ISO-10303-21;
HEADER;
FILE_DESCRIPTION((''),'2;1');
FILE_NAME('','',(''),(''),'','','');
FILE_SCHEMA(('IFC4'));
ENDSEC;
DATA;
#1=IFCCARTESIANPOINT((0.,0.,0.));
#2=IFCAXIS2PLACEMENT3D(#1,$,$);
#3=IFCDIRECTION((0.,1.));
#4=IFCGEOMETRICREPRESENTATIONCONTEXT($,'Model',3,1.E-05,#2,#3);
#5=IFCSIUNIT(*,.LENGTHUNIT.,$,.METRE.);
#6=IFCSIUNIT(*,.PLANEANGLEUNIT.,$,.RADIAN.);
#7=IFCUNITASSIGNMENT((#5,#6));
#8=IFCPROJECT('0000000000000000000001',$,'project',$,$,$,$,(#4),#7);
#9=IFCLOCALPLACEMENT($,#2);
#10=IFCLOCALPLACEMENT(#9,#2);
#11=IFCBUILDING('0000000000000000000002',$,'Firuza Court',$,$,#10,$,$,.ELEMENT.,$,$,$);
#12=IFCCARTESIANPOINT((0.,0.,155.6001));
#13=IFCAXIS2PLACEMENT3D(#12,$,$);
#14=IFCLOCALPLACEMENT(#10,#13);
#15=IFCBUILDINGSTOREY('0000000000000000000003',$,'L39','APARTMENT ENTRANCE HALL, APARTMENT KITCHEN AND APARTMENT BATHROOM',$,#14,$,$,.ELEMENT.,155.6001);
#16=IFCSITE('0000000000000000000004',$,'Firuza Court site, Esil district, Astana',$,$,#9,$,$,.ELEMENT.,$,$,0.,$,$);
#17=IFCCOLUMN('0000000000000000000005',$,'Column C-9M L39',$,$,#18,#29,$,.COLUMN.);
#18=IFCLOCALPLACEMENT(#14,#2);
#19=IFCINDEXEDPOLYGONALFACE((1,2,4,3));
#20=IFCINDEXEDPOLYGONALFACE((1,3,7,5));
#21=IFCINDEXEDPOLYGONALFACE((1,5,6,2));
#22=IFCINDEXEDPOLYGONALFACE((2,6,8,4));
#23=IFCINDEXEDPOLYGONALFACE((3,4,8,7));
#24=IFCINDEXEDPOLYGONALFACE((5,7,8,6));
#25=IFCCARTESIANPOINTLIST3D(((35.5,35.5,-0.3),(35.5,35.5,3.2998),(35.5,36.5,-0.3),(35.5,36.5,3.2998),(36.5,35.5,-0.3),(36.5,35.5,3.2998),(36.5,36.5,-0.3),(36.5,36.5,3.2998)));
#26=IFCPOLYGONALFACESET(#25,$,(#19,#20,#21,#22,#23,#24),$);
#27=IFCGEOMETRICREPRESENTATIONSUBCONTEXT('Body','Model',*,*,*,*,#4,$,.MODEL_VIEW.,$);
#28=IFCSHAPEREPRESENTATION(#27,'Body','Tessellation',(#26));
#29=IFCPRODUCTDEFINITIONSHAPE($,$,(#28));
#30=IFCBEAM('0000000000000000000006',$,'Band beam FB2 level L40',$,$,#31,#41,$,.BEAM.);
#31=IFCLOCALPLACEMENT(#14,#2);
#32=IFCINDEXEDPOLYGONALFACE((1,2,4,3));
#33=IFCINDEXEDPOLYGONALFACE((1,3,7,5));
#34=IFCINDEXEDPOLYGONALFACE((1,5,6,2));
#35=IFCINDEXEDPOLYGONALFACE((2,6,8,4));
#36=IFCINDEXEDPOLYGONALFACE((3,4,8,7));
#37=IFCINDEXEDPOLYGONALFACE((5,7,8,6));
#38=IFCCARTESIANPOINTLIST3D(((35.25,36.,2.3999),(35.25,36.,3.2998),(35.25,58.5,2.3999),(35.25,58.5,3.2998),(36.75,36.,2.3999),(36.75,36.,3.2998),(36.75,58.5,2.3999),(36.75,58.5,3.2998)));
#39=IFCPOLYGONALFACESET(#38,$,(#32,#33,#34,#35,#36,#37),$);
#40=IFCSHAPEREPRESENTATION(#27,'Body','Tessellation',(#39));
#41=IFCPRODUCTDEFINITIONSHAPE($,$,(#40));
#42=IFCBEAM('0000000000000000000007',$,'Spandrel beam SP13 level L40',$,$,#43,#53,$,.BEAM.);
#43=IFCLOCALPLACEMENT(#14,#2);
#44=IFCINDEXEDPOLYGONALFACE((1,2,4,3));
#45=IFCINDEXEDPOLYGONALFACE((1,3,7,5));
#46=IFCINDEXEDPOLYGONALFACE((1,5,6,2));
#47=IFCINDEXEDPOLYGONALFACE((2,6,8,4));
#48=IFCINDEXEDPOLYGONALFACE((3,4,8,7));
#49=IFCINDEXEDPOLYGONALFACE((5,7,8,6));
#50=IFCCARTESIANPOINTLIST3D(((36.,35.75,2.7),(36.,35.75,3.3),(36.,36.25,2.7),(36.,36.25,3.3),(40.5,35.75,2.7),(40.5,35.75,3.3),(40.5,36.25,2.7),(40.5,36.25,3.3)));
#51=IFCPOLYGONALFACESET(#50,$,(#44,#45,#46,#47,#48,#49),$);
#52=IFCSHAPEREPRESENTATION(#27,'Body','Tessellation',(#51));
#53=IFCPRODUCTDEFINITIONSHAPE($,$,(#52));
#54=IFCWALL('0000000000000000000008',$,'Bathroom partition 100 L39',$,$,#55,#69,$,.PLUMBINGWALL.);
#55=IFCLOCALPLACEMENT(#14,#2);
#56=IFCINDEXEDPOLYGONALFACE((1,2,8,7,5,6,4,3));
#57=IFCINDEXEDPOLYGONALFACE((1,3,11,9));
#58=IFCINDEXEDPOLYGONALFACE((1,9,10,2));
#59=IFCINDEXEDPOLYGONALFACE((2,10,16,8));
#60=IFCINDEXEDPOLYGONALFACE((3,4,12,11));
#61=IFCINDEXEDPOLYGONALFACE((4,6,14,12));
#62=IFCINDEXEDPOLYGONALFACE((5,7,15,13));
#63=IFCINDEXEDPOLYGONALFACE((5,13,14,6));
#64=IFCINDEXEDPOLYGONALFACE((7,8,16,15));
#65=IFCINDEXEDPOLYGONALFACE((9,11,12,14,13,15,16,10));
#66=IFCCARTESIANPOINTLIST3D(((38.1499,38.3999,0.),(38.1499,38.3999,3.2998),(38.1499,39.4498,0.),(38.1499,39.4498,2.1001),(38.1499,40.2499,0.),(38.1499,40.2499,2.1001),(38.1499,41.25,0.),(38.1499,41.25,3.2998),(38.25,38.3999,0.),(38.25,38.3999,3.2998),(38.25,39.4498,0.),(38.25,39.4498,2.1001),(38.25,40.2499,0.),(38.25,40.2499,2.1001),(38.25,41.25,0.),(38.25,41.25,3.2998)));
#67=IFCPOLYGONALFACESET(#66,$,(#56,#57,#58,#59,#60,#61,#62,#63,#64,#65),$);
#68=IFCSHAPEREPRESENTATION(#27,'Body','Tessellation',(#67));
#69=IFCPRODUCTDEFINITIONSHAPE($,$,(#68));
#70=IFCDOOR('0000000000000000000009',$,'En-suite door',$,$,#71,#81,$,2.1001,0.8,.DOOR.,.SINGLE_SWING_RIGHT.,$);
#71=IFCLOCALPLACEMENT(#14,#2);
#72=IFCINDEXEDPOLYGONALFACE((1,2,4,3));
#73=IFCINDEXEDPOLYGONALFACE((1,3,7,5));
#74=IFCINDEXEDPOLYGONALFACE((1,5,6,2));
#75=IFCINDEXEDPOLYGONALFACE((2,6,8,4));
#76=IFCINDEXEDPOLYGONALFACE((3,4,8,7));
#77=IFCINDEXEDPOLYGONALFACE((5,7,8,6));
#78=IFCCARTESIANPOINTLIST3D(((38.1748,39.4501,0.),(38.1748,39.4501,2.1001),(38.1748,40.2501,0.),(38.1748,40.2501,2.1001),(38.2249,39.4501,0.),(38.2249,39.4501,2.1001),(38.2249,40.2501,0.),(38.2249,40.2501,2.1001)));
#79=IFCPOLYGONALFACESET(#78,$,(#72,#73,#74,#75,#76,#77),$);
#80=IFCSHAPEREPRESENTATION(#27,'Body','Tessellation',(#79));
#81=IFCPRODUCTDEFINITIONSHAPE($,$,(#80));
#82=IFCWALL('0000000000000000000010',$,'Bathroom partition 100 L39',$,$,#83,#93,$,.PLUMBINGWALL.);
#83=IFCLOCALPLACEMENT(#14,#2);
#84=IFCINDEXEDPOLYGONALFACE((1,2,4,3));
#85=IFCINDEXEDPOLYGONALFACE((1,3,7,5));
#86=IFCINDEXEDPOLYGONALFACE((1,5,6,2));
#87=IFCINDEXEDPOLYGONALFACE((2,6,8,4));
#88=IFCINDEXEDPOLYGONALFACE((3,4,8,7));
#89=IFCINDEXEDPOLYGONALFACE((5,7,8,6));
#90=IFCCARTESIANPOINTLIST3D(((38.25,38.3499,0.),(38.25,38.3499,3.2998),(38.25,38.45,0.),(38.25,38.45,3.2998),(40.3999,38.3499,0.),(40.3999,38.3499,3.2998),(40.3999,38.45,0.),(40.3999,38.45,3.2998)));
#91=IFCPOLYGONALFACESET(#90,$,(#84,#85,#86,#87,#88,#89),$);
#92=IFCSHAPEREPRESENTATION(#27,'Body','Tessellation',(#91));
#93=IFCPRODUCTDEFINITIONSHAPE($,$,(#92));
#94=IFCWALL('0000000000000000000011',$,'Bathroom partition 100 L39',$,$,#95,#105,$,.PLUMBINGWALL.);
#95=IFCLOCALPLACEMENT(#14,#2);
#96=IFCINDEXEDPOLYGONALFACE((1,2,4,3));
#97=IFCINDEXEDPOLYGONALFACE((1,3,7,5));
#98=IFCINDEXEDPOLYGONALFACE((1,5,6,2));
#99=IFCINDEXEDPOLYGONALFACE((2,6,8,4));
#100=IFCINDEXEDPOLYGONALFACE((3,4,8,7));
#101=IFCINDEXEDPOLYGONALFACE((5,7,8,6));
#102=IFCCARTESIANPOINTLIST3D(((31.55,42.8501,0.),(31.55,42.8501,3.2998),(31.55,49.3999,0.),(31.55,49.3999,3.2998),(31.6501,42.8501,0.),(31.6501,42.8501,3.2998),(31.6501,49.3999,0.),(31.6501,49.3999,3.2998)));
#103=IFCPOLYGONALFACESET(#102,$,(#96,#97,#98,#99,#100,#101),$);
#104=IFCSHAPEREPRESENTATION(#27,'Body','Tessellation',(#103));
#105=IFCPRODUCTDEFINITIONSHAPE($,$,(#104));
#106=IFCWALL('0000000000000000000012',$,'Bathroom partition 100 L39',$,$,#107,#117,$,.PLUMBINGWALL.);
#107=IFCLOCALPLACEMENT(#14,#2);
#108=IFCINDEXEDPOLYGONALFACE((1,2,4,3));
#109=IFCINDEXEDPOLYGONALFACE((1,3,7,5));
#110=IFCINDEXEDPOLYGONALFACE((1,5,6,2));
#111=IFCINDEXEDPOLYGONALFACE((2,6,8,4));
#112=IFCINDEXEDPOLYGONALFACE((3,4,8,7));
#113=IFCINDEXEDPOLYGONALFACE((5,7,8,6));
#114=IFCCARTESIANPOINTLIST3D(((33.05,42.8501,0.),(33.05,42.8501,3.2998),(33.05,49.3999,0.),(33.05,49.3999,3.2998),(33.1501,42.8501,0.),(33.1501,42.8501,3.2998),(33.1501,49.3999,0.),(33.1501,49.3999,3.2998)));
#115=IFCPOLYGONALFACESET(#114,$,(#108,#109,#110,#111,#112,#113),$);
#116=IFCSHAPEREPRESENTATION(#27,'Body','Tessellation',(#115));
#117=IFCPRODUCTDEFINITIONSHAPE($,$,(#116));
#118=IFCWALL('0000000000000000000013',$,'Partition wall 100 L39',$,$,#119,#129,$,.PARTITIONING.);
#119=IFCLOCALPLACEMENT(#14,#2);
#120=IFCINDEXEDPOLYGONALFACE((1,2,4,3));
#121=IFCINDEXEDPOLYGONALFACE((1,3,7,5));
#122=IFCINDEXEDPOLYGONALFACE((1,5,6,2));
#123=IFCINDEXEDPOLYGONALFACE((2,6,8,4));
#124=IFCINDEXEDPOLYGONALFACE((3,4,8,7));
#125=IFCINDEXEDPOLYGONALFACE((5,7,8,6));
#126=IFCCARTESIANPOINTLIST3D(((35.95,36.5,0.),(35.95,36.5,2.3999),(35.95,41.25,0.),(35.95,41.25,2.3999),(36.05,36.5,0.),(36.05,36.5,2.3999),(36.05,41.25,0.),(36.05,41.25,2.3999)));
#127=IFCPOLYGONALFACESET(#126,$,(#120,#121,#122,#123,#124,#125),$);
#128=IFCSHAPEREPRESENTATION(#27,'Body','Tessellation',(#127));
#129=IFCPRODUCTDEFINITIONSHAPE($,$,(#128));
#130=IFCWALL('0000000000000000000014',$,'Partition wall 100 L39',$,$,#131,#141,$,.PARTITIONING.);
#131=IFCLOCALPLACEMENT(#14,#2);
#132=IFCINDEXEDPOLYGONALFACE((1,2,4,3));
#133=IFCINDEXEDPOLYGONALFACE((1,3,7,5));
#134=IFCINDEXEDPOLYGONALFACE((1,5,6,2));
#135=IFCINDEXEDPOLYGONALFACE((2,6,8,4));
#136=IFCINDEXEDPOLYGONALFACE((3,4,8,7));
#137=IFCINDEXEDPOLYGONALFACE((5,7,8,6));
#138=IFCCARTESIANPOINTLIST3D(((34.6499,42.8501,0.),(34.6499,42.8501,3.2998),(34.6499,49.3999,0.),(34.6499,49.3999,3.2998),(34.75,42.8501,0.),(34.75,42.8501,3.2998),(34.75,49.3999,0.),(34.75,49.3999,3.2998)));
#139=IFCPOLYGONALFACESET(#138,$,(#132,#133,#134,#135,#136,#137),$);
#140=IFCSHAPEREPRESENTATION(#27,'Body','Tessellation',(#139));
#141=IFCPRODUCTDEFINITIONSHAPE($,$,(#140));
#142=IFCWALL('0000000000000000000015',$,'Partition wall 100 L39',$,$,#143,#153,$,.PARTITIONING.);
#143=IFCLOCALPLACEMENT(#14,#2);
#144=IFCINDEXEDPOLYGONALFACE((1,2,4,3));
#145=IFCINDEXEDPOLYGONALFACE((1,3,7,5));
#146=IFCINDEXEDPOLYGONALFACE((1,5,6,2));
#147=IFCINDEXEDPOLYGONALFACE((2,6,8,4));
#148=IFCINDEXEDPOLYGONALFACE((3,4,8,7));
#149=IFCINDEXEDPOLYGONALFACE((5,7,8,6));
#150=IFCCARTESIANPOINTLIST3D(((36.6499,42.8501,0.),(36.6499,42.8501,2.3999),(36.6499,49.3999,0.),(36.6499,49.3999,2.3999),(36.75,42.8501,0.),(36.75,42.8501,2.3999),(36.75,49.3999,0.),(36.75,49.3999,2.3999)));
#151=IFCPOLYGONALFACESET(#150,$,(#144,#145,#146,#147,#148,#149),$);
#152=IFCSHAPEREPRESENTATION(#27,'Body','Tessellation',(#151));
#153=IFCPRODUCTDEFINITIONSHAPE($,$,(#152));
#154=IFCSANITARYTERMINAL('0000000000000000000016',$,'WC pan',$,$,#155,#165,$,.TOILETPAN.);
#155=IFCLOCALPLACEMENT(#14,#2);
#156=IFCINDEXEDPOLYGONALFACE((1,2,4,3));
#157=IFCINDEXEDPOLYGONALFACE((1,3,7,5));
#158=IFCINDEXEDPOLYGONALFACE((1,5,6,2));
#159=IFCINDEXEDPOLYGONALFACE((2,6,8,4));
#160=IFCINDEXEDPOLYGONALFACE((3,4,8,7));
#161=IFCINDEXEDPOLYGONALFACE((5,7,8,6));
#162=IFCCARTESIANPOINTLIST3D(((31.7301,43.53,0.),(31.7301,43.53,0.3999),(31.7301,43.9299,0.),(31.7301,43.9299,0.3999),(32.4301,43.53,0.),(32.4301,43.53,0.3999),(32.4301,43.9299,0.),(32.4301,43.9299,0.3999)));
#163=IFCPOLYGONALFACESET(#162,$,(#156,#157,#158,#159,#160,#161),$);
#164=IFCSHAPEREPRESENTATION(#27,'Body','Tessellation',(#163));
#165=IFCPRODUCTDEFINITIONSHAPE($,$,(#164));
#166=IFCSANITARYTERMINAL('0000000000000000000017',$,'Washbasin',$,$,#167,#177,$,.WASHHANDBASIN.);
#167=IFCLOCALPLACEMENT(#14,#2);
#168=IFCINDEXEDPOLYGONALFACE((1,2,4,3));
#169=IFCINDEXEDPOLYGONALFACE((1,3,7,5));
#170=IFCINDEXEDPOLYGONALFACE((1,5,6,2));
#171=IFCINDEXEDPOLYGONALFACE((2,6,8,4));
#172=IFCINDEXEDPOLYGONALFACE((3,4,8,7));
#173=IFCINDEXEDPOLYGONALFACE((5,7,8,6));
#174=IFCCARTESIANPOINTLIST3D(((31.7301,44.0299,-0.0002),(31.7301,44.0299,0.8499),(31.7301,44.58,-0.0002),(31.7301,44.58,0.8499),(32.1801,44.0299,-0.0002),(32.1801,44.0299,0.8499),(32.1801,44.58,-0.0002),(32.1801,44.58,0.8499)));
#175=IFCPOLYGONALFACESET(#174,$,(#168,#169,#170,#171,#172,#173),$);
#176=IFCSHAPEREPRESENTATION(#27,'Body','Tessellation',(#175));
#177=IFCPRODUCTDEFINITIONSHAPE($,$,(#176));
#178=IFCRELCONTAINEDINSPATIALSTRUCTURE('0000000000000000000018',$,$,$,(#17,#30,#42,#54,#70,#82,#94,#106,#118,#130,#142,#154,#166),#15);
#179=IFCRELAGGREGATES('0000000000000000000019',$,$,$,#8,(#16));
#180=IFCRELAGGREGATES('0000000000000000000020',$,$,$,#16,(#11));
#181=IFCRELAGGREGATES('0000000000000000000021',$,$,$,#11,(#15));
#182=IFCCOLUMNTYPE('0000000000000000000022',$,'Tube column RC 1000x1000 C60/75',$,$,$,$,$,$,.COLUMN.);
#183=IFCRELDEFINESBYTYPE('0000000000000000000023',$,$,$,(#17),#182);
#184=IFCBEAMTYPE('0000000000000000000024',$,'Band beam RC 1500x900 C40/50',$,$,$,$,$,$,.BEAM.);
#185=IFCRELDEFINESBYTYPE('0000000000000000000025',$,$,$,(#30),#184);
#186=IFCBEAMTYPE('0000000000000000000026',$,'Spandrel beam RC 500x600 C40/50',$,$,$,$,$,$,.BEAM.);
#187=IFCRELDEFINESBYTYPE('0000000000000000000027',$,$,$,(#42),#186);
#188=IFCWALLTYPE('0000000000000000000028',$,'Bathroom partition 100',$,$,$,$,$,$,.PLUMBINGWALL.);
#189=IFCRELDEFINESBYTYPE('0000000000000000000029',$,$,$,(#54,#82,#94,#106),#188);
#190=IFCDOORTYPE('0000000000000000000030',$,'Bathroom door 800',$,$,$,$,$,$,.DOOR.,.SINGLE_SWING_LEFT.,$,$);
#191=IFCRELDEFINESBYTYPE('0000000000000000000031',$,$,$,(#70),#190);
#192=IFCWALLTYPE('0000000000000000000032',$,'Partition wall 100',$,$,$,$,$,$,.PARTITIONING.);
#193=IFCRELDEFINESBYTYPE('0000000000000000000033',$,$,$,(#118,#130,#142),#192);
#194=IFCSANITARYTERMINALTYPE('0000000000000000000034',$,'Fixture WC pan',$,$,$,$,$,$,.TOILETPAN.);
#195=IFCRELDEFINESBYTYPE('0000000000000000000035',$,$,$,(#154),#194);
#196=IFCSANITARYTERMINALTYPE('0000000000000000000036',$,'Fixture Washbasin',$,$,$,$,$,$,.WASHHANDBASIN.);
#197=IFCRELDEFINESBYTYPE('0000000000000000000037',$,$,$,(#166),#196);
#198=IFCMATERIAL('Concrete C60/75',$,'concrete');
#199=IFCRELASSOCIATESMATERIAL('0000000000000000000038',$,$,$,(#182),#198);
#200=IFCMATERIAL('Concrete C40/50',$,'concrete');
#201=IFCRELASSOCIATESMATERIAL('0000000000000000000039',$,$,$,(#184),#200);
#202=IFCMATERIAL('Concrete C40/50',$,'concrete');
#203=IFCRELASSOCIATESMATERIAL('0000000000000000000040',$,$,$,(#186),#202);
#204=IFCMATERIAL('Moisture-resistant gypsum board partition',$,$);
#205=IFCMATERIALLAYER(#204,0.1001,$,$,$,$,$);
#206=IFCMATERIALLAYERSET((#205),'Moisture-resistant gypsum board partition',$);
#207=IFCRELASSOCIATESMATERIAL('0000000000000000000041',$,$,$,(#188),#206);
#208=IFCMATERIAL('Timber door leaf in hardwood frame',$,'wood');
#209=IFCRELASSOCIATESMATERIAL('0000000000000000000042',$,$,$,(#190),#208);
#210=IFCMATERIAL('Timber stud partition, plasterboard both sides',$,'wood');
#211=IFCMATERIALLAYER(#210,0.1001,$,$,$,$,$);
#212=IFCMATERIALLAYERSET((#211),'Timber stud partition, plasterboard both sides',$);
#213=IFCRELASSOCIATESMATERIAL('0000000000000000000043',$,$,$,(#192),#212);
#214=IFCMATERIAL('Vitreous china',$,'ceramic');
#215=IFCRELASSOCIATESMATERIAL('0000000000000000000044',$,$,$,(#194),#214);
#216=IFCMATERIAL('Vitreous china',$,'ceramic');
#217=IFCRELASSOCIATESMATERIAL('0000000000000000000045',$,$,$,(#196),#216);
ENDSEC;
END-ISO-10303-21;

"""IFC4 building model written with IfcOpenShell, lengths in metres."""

from ifc_helpers import new_model, si_unit, direction, frame, frame_2d, origin, origin_2d, place, context, subcontext, project, spatial, rectangle, extrude, material, layer, layer_set, material_profile, profile_set, type_object, element, fill, save


model = new_model("IFC4")

# Units and contexts
model_context = context("Model", 3, precision=1e-05, world=origin(), true_north=direction((0.0, 1.0)))
body_context = subcontext(model_context, "Body", "Model", "MODEL_VIEW")
ifc_project = project(units=[si_unit("LENGTHUNIT", "METRE"), si_unit("PLANEANGLEUNIT", "RADIAN")], contexts=[model_context])

# Site, building, storey
site_placement = place(None, origin())
site = spatial("IfcSite", under=ifc_project, at=site_placement, Name="Firuza Court site, Esil district, Astana", CompositionType="ELEMENT", RefElevation=0.0)
building_placement = place(site_placement, origin())
building = spatial("IfcBuilding", under=site, at=building_placement, Name="Firuza Court", CompositionType="ELEMENT")
storey_placement = place(building_placement, frame((0.0, 0.0, 155.6001)))
storey = spatial("IfcBuildingStorey", under=building, at=storey_placement, Name="L39", Description="APARTMENT ENTRANCE HALL, APARTMENT KITCHEN AND APARTMENT BATHROOM", CompositionType="ELEMENT", Elevation=155.6001)

# Column
ifc_material_1 = material(Name="Concrete C60/75", Category="concrete")
ifc_material_profile_1 = material_profile(ifc_material_1, rectangle(XDim=1.0, YDim=1.0, at=origin_2d()), Name="RC 1000x1000")
ifc_profile_set_1 = profile_set([ifc_material_profile_1], Name="Concrete C60/75")
column_type = type_object("IfcColumnType", Name="Tube column RC 1000x1000 C60/75", PredefinedType="COLUMN", material=ifc_profile_set_1)
column_placement = place(storey_placement, frame((36.0, 36.0, -0.3), z_axis=(0.0, 0.0, 1.0), x_axis=(1.0, 0.0, 0.0)))
element("IfcColumn", 1, at=column_placement, inside=storey, type_object=column_type, Name="Column C-9M L39", PredefinedType="COLUMN", context=body_context, shape_type="SweptSolid", body=[
    extrude(rectangle(XDim=1.0, YDim=1.0, at=origin_2d()), origin(), (0.0, 0.0, 1.0), 3.5999),
])

# Beams
ifc_material_2 = material(Name="Concrete C40/50", Category="concrete")
ifc_material_profile_2 = material_profile(ifc_material_2, rectangle(XDim=1.5, YDim=0.8999, at=origin_2d()), Name="RC 1500x900")
ifc_profile_set_2 = profile_set([ifc_material_profile_2], Name="Concrete C40/50")
beam_type_1 = type_object("IfcBeamType", Name="Band beam RC 1500x900 C40/50", PredefinedType="BEAM", material=ifc_profile_set_2)
beam_1_placement = place(storey_placement, frame((36.0, 36.0, 2.8499), z_axis=(0.0, 1.0, 0.0), x_axis=(-1.0, 0.0, 0.0)))
element("IfcBeam", 2, at=beam_1_placement, inside=storey, type_object=beam_type_1, Name="Band beam FB2 level L40", PredefinedType="BEAM", context=body_context, shape_type="SweptSolid", body=[
    extrude(rectangle(XDim=1.5, YDim=0.8999, at=origin_2d()), origin(), (0.0, 0.0, 1.0), 22.5),
])
ifc_material_3 = material(Name="Concrete C40/50", Category="concrete")
ifc_material_profile_3 = material_profile(ifc_material_3, rectangle(XDim=0.5, YDim=0.6001, at=origin_2d()), Name="RC 500x600")
ifc_profile_set_3 = profile_set([ifc_material_profile_3], Name="Concrete C40/50")
beam_type_2 = type_object("IfcBeamType", Name="Spandrel beam RC 500x600 C40/50", PredefinedType="BEAM", material=ifc_profile_set_3)
beam_2_placement = place(storey_placement, frame((36.0, 36.0, 3.0), z_axis=(1.0, 0.0, 0.0), x_axis=(0.0, 1.0, 0.0)))
element("IfcBeam", 3, at=beam_2_placement, inside=storey, type_object=beam_type_2, Name="Spandrel beam SP13 level L40", PredefinedType="BEAM", context=body_context, shape_type="SweptSolid", body=[
    extrude(rectangle(XDim=0.5, YDim=0.6001, at=origin_2d()), origin(), (0.0, 0.0, 1.0), 4.5),
])

# Wall, opening, door
ifc_material_4 = material(Name="Moisture-resistant gypsum board partition")
ifc_layer_1 = layer(ifc_material_4, 0.1001)
ifc_layer_set_1 = layer_set([ifc_layer_1], Name="Moisture-resistant gypsum board partition")
wall_type_1 = type_object("IfcWallType", Name="Bathroom partition 100", PredefinedType="PLUMBINGWALL", material=ifc_layer_set_1)
wall_1_placement = place(storey_placement, frame((38.2, 38.3999, 0.0), z_axis=(0.0, 0.0, 1.0), x_axis=(0.0, 1.0, 0.0)))
wall_1 = element("IfcWall", 4, at=wall_1_placement, inside=storey, type_object=wall_type_1, Name="Bathroom partition 100 L39", PredefinedType="PLUMBINGWALL", context=body_context, shape_type="SweptSolid", body=[
    extrude(rectangle(XDim=2.8501, YDim=0.1001, at=frame_2d((1.425, 0.0))), origin(), (0.0, 0.0, 1.0), 3.2998),
])
opening_placement = place(wall_1_placement, frame((1.05, 0.0, 0.0)))
opening = element("IfcOpeningElement", 5, at=opening_placement, cuts=wall_1, PredefinedType="OPENING", context=body_context, shape_type="SweptSolid", body=[
    extrude(rectangle(XDim=0.8, YDim=2.1001, at=frame_2d((0.3999, 1.05))), frame((0.0, 0.062, 0.0), z_axis=(0.0, -1.0, 0.0), x_axis=(1.0, 0.0, 0.0)), (0.0, 0.0, 1.0), 0.124),
])
ifc_material_5 = material(Name="Timber door leaf in hardwood frame", Category="wood")
door_type = type_object("IfcDoorType", Name="Bathroom door 800", OperationType="SINGLE_SWING_LEFT", PredefinedType="DOOR", material=ifc_material_5)
door_placement = place(opening_placement, frame((0.8, 0.0, 0.0), z_axis=(0.0, 0.0, 1.0), x_axis=(-1.0, 0.0, 0.0)))
door = element("IfcDoor", 6, at=door_placement, inside=storey, type_object=door_type, Name="En-suite door", OperationType="SINGLE_SWING_RIGHT", OverallHeight=2.1001, OverallWidth=0.8, PredefinedType="DOOR", context=body_context, shape_type="SweptSolid", body=[
    extrude(rectangle(XDim=0.8, YDim=2.1001, at=frame_2d((0.3999, 1.05))), frame((0.0, 0.0249, 0.0), z_axis=(0.0, -1.0, 0.0), x_axis=(1.0, 0.0, 0.0)), (0.0, 0.0, 1.0), 0.05),
])
fill(opening, door)

# Walls
wall_2_placement = place(storey_placement, frame((38.25, 38.3999, 0.0), z_axis=(0.0, 0.0, 1.0), x_axis=(1.0, 0.0, 0.0)))
element("IfcWall", 7, at=wall_2_placement, inside=storey, type_object=wall_type_1, Name="Bathroom partition 100 L39", PredefinedType="PLUMBINGWALL", context=body_context, shape_type="SweptSolid", body=[
    extrude(rectangle(XDim=2.1499, YDim=0.1001, at=frame_2d((1.075, 0.0))), origin(), (0.0, 0.0, 1.0), 3.2998),
])
for number, where, z_axis, x_axis, name in (
    (8, (31.6001, 42.8501, 0.0), (0.0, 0.0, 1.0), (0.0, 1.0, 0.0), "Bathroom partition 100 L39"),
    (9, (33.1001, 42.8501, 0.0), (0.0, 0.0, 1.0), (0.0, 1.0, 0.0), "Bathroom partition 100 L39"),
):
    element("IfcWall", number, at=place(storey_placement, frame(where, z_axis=z_axis, x_axis=x_axis)), inside=storey, type_object=wall_type_1, Name=name, PredefinedType="PLUMBINGWALL", context=body_context, shape_type="SweptSolid", body=[
        extrude(rectangle(XDim=6.5498, YDim=0.1001, at=frame_2d((3.2749, 0.0))), origin(), (0.0, 0.0, 1.0), 3.2998),
    ])
ifc_material_6 = material(Name="Timber stud partition, plasterboard both sides", Category="wood")
ifc_layer_2 = layer(ifc_material_6, 0.1001)
ifc_layer_set_2 = layer_set([ifc_layer_2], Name="Timber stud partition, plasterboard both sides")
wall_type_2 = type_object("IfcWallType", Name="Partition wall 100", PredefinedType="PARTITIONING", material=ifc_layer_set_2)
wall_3_placement = place(storey_placement, frame((36.0, 36.5, 0.0), z_axis=(0.0, 0.0, 1.0), x_axis=(0.0, 1.0, 0.0)))
element("IfcWall", 10, at=wall_3_placement, inside=storey, type_object=wall_type_2, Name="Partition wall 100 L39", PredefinedType="PARTITIONING", context=body_context, shape_type="SweptSolid", body=[
    extrude(rectangle(XDim=4.75, YDim=0.1001, at=frame_2d((2.375, 0.0))), origin(), (0.0, 0.0, 1.0), 2.3999),
])
wall_4_placement = place(storey_placement, frame((34.7, 42.8501, 0.0), z_axis=(0.0, 0.0, 1.0), x_axis=(0.0, 1.0, 0.0)))
element("IfcWall", 11, at=wall_4_placement, inside=storey, type_object=wall_type_2, Name="Partition wall 100 L39", PredefinedType="PARTITIONING", context=body_context, shape_type="SweptSolid", body=[
    extrude(rectangle(XDim=6.5498, YDim=0.1001, at=frame_2d((3.2749, 0.0))), origin(), (0.0, 0.0, 1.0), 3.2998),
])
wall_5_placement = place(storey_placement, frame((36.7, 42.8501, 0.0), z_axis=(0.0, 0.0, 1.0), x_axis=(0.0, 1.0, 0.0)))
element("IfcWall", 12, at=wall_5_placement, inside=storey, type_object=wall_type_2, Name="Partition wall 100 L39", PredefinedType="PARTITIONING", context=body_context, shape_type="SweptSolid", body=[
    extrude(rectangle(XDim=6.5498, YDim=0.1001, at=frame_2d((3.2749, 0.0))), origin(), (0.0, 0.0, 1.0), 2.3999),
])

# Sanitary terminals
ifc_material_7 = material(Name="Vitreous china", Category="ceramic")
sanitary_terminal_type_1 = type_object("IfcSanitaryTerminalType", Name="Fixture WC pan", PredefinedType="TOILETPAN", material=ifc_material_7)
sanitary_terminal_1_placement = place(storey_placement, frame((32.0801, 43.73, 0.0), z_axis=(0.0, 0.0, 1.0), x_axis=(1.0, 0.0, 0.0)))
element("IfcSanitaryTerminal", 13, at=sanitary_terminal_1_placement, inside=storey, type_object=sanitary_terminal_type_1, Name="WC pan", PredefinedType="TOILETPAN", context=body_context, shape_type="SweptSolid", body=[
    extrude(rectangle(XDim=0.7, YDim=0.3999, at=origin_2d()), origin(), (0.0, 0.0, 1.0), 0.3999),
])
ifc_material_8 = material(Name="Vitreous china", Category="ceramic")
sanitary_terminal_type_2 = type_object("IfcSanitaryTerminalType", Name="Fixture Washbasin", PredefinedType="WASHHANDBASIN", material=ifc_material_8)
sanitary_terminal_2_placement = place(storey_placement, frame((31.9551, 44.3049, -0.0002), z_axis=(0.0, 0.0, 1.0), x_axis=(1.0, 0.0, 0.0)))
element("IfcSanitaryTerminal", 14, at=sanitary_terminal_2_placement, inside=storey, type_object=sanitary_terminal_type_2, Name="Washbasin", PredefinedType="WASHHANDBASIN", context=body_context, shape_type="SweptSolid", body=[
    extrude(rectangle(XDim=0.45, YDim=0.55, at=origin_2d()), origin(), (0.0, 0.0, 1.0), 0.8501),
])

save(model, "model.ifc")
